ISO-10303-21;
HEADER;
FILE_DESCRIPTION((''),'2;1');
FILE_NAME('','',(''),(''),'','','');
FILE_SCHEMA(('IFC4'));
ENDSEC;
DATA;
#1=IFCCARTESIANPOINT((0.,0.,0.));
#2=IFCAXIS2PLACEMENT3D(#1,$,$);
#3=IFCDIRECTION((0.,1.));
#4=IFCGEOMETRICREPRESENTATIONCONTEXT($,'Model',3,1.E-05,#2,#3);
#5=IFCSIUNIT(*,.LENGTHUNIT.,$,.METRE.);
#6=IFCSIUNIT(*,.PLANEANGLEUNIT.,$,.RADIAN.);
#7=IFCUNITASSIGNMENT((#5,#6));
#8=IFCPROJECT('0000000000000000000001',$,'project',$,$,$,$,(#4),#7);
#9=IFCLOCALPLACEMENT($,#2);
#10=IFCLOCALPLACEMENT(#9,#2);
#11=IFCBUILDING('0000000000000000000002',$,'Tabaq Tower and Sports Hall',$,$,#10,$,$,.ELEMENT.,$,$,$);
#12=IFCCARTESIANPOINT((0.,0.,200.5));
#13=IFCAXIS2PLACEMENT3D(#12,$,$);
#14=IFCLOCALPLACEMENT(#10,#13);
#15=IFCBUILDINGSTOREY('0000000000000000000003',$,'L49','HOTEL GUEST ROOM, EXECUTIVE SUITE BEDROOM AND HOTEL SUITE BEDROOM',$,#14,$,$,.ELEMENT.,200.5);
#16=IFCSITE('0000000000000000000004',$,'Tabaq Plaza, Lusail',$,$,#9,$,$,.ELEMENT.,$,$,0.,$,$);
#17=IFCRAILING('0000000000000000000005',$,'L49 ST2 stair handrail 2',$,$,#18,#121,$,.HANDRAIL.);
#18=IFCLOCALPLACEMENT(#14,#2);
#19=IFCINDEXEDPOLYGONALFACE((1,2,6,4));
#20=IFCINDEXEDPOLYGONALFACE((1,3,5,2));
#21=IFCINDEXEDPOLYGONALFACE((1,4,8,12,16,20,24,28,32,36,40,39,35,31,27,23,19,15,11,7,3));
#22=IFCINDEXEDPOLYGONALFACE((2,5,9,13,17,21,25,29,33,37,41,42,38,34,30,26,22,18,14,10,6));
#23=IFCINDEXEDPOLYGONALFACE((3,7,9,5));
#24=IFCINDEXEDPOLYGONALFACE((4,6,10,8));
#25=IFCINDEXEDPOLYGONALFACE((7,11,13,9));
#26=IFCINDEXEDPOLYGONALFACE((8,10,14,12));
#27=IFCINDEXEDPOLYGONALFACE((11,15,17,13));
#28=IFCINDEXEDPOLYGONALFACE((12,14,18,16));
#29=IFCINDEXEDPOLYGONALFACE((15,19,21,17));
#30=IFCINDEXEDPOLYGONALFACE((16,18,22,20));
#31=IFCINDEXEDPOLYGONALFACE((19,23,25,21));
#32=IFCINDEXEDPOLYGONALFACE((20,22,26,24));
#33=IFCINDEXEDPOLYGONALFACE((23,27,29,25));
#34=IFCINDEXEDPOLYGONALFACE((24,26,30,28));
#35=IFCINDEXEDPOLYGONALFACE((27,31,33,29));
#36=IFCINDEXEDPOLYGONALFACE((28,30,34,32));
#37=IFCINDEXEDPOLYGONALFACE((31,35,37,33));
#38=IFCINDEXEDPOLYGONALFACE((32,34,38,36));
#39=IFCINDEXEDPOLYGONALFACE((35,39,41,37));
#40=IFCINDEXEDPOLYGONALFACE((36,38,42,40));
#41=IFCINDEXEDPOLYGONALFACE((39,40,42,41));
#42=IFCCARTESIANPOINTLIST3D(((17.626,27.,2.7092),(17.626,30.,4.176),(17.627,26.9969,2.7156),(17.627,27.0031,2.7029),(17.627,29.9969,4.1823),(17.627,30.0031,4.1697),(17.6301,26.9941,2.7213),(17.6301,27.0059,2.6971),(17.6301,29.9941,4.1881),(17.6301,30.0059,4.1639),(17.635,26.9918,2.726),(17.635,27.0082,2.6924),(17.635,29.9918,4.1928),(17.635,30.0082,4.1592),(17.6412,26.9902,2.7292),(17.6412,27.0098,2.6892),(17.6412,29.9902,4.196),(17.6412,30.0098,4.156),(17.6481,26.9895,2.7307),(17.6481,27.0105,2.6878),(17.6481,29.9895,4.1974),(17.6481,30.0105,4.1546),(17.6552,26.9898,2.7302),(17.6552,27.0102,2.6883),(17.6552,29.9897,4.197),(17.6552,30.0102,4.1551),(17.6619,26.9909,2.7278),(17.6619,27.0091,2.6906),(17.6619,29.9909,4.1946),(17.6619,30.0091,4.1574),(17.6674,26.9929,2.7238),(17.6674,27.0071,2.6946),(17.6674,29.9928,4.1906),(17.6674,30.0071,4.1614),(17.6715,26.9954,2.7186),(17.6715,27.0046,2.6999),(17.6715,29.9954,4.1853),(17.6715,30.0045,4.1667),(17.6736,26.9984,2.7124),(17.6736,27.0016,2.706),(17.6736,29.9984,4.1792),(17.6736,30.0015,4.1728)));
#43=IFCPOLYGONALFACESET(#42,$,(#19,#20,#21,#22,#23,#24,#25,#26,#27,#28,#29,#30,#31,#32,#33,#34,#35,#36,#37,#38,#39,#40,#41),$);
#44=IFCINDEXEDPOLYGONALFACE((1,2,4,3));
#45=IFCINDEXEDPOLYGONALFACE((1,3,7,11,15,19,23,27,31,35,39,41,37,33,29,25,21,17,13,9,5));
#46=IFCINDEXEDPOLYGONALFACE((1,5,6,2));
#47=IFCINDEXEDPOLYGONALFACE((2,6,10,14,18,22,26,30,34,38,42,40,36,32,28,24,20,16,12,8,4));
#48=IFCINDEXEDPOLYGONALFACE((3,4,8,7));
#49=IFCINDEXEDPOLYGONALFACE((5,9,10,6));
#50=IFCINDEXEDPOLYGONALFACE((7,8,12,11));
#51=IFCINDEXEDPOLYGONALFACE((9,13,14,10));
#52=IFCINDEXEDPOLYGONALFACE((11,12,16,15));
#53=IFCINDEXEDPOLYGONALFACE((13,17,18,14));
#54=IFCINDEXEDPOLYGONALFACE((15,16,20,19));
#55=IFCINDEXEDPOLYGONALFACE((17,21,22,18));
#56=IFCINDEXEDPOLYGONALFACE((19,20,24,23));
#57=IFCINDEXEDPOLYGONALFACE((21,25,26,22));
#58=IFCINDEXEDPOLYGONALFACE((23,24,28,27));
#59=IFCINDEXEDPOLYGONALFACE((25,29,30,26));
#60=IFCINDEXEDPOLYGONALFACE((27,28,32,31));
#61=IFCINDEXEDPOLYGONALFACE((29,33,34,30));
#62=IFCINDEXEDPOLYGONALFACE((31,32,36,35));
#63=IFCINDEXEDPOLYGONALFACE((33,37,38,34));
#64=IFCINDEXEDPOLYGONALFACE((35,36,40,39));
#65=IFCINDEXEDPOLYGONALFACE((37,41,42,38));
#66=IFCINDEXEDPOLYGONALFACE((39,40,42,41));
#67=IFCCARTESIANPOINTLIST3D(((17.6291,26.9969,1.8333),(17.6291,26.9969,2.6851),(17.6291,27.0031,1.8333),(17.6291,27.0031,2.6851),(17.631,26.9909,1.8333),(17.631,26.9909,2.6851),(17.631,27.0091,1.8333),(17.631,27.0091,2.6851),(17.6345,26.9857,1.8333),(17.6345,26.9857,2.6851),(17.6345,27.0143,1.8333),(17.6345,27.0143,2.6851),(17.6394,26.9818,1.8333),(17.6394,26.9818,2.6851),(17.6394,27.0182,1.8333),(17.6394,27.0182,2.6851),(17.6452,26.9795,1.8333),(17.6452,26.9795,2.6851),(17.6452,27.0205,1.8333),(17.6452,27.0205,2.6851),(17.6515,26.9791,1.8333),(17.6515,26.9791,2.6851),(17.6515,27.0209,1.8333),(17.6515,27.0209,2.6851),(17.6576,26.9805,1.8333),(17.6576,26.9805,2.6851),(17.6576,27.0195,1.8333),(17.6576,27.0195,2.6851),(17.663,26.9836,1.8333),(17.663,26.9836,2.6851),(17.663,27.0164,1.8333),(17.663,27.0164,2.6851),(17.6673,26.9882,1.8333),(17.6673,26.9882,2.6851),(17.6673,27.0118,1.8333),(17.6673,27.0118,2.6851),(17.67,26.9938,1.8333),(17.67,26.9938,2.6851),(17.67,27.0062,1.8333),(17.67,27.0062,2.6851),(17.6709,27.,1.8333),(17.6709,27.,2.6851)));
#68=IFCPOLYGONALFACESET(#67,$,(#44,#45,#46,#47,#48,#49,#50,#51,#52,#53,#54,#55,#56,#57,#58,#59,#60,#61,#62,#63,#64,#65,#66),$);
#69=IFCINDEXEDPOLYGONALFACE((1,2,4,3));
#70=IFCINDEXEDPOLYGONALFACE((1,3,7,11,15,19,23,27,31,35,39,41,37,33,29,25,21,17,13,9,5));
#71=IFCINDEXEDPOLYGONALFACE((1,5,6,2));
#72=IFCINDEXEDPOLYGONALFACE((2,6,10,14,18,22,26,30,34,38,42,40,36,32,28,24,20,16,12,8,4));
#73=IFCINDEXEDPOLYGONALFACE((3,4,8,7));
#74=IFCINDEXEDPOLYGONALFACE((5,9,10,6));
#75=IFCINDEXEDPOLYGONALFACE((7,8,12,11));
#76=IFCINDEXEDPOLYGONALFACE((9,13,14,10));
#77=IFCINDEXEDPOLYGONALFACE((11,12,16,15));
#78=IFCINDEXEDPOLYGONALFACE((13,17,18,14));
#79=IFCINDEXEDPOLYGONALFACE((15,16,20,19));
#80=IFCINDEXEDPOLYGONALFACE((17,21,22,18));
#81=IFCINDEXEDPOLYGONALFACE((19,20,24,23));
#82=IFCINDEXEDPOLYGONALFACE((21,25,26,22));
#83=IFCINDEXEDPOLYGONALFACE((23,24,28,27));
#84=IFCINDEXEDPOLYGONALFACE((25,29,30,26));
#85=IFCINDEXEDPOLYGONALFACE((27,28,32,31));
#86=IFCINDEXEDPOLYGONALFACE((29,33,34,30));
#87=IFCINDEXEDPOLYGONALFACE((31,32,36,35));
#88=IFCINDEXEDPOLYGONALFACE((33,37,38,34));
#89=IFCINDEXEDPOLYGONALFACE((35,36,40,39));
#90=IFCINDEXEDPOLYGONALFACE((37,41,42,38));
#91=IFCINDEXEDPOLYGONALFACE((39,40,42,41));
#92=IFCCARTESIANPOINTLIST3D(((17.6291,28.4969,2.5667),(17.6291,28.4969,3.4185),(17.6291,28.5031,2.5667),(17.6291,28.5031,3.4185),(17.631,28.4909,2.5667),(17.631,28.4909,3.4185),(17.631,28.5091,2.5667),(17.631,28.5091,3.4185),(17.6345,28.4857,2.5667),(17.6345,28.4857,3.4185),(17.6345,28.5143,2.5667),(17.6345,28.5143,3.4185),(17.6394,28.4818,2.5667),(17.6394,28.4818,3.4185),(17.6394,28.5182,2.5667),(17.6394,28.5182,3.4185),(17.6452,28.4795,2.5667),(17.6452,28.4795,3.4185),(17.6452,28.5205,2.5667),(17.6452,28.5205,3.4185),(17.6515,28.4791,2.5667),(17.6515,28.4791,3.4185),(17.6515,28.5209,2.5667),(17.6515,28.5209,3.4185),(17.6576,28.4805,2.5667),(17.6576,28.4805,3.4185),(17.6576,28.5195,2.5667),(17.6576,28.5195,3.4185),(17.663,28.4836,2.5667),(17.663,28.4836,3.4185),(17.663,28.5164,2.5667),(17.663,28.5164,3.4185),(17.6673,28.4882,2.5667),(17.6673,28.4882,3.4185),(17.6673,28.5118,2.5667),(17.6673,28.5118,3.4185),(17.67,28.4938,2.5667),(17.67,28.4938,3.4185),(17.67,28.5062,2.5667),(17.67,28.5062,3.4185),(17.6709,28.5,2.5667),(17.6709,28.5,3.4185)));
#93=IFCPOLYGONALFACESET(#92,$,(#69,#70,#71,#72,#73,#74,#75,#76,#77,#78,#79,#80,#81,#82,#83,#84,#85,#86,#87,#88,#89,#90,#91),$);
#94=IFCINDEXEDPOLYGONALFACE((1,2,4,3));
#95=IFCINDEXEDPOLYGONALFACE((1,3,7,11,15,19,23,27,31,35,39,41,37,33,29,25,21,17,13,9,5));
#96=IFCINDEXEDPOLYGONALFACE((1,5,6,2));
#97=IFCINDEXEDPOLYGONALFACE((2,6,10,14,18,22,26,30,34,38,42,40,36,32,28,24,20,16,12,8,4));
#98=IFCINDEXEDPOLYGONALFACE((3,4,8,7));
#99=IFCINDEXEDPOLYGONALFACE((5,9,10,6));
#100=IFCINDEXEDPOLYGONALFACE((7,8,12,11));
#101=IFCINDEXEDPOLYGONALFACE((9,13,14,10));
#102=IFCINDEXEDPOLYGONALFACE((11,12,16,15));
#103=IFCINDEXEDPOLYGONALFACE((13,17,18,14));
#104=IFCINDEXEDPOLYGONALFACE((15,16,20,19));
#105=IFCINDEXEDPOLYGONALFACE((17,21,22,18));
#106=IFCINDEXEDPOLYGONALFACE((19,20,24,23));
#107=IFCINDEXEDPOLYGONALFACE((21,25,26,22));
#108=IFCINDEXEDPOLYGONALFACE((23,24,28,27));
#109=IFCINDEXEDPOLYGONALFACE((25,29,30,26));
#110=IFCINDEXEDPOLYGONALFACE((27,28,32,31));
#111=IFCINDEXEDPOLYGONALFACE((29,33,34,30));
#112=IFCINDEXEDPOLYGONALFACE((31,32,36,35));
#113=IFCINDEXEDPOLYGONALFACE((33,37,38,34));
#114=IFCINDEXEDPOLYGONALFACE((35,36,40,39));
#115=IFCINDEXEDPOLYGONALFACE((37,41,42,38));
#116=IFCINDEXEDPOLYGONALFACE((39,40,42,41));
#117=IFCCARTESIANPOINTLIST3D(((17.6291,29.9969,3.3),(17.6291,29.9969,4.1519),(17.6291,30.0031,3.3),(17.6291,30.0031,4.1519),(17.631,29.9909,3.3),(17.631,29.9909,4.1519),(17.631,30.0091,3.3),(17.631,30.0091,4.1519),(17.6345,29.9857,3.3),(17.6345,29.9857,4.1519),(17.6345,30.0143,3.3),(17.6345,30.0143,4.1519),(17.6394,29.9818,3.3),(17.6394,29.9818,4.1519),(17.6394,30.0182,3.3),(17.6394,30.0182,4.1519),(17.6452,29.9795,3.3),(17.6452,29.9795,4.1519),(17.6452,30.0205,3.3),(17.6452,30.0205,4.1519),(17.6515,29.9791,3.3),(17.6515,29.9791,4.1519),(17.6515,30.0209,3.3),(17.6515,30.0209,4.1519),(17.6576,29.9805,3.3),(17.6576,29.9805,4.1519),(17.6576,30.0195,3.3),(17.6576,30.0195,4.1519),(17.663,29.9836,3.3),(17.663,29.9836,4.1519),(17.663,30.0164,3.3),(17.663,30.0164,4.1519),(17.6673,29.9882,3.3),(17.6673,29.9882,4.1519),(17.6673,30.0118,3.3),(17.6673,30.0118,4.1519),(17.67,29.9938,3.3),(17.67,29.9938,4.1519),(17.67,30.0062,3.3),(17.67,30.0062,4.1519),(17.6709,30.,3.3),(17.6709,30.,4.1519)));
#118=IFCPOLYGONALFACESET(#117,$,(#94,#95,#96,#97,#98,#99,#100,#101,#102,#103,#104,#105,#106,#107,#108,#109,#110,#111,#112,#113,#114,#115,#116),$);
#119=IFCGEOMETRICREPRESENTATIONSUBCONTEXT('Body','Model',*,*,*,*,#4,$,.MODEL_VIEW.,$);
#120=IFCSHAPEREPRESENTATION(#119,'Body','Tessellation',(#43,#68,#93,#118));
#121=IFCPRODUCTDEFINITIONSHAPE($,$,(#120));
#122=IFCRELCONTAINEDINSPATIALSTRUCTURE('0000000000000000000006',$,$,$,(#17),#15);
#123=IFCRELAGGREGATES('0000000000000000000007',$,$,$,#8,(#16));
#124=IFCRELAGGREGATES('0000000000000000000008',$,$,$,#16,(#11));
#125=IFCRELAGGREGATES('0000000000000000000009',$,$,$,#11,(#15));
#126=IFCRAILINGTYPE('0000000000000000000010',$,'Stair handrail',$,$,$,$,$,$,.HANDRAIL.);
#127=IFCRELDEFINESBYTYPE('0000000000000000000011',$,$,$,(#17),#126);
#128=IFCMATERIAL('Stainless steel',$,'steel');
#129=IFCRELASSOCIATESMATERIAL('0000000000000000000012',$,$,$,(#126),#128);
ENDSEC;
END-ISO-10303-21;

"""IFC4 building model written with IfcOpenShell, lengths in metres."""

from ifc_helpers import new_model, si_unit, direction, frame, origin, origin_2d, place, context, subcontext, project, spatial, circle, extrude, material, type_object, element, save


model = new_model("IFC4")

# Units and contexts
model_context = context("Model", 3, precision=1e-05, world=origin(), true_north=direction((0.0, 1.0)))
body_context = subcontext(model_context, "Body", "Model", "MODEL_VIEW")
ifc_project = project(units=[si_unit("LENGTHUNIT", "METRE"), si_unit("PLANEANGLEUNIT", "RADIAN")], contexts=[model_context])

# Site, building, storey
site_placement = place(None, origin())
site = spatial("IfcSite", under=ifc_project, at=site_placement, Name="Tabaq Plaza, Lusail", CompositionType="ELEMENT", RefElevation=0.0)
building_placement = place(site_placement, origin())
building = spatial("IfcBuilding", under=site, at=building_placement, Name="Tabaq Tower and Sports Hall", CompositionType="ELEMENT")
storey_placement = place(building_placement, frame((0.0, 0.0, 200.5)))
storey = spatial("IfcBuildingStorey", under=building, at=storey_placement, Name="L49", Description="HOTEL GUEST ROOM, EXECUTIVE SUITE BEDROOM AND HOTEL SUITE BEDROOM", CompositionType="ELEMENT", Elevation=200.5)

# Railing
ifc_material_1 = material(Name="Stainless steel", Category="steel")
railing_type = type_object("IfcRailingType", Name="Stair handrail", PredefinedType="HANDRAIL", material=ifc_material_1)
railing_placement = place(storey_placement, frame((17.6499, 27.0, 1.8333)))
element("IfcRailing", 1, at=railing_placement, inside=storey, type_object=railing_type, Name="L49 ST2 stair handrail 2", PredefinedType="HANDRAIL", context=body_context, shape_type="SweptSolid", body=[
    extrude(circle(Radius=0.0239, at=origin_2d()), frame((0.0, 0.0, 0.876), z_axis=(0.0, 0.898369, 0.439242), x_axis=(-1.0, 0.0, 0.0)), (0.0, 0.0, 1.0), 3.3394),
    extrude(circle(Radius=0.021, at=origin_2d()), origin(), (0.0, 0.0, 1.0), 0.8518),
    extrude(circle(Radius=0.021, at=origin_2d()), frame((0.0, 1.5, 0.7334)), (0.0, 0.0, 1.0), 0.8518),
    extrude(circle(Radius=0.021, at=origin_2d()), frame((0.0, 3.0, 1.4668)), (0.0, 0.0, 1.0), 0.8518),
])

save(model, "model.ifc")
